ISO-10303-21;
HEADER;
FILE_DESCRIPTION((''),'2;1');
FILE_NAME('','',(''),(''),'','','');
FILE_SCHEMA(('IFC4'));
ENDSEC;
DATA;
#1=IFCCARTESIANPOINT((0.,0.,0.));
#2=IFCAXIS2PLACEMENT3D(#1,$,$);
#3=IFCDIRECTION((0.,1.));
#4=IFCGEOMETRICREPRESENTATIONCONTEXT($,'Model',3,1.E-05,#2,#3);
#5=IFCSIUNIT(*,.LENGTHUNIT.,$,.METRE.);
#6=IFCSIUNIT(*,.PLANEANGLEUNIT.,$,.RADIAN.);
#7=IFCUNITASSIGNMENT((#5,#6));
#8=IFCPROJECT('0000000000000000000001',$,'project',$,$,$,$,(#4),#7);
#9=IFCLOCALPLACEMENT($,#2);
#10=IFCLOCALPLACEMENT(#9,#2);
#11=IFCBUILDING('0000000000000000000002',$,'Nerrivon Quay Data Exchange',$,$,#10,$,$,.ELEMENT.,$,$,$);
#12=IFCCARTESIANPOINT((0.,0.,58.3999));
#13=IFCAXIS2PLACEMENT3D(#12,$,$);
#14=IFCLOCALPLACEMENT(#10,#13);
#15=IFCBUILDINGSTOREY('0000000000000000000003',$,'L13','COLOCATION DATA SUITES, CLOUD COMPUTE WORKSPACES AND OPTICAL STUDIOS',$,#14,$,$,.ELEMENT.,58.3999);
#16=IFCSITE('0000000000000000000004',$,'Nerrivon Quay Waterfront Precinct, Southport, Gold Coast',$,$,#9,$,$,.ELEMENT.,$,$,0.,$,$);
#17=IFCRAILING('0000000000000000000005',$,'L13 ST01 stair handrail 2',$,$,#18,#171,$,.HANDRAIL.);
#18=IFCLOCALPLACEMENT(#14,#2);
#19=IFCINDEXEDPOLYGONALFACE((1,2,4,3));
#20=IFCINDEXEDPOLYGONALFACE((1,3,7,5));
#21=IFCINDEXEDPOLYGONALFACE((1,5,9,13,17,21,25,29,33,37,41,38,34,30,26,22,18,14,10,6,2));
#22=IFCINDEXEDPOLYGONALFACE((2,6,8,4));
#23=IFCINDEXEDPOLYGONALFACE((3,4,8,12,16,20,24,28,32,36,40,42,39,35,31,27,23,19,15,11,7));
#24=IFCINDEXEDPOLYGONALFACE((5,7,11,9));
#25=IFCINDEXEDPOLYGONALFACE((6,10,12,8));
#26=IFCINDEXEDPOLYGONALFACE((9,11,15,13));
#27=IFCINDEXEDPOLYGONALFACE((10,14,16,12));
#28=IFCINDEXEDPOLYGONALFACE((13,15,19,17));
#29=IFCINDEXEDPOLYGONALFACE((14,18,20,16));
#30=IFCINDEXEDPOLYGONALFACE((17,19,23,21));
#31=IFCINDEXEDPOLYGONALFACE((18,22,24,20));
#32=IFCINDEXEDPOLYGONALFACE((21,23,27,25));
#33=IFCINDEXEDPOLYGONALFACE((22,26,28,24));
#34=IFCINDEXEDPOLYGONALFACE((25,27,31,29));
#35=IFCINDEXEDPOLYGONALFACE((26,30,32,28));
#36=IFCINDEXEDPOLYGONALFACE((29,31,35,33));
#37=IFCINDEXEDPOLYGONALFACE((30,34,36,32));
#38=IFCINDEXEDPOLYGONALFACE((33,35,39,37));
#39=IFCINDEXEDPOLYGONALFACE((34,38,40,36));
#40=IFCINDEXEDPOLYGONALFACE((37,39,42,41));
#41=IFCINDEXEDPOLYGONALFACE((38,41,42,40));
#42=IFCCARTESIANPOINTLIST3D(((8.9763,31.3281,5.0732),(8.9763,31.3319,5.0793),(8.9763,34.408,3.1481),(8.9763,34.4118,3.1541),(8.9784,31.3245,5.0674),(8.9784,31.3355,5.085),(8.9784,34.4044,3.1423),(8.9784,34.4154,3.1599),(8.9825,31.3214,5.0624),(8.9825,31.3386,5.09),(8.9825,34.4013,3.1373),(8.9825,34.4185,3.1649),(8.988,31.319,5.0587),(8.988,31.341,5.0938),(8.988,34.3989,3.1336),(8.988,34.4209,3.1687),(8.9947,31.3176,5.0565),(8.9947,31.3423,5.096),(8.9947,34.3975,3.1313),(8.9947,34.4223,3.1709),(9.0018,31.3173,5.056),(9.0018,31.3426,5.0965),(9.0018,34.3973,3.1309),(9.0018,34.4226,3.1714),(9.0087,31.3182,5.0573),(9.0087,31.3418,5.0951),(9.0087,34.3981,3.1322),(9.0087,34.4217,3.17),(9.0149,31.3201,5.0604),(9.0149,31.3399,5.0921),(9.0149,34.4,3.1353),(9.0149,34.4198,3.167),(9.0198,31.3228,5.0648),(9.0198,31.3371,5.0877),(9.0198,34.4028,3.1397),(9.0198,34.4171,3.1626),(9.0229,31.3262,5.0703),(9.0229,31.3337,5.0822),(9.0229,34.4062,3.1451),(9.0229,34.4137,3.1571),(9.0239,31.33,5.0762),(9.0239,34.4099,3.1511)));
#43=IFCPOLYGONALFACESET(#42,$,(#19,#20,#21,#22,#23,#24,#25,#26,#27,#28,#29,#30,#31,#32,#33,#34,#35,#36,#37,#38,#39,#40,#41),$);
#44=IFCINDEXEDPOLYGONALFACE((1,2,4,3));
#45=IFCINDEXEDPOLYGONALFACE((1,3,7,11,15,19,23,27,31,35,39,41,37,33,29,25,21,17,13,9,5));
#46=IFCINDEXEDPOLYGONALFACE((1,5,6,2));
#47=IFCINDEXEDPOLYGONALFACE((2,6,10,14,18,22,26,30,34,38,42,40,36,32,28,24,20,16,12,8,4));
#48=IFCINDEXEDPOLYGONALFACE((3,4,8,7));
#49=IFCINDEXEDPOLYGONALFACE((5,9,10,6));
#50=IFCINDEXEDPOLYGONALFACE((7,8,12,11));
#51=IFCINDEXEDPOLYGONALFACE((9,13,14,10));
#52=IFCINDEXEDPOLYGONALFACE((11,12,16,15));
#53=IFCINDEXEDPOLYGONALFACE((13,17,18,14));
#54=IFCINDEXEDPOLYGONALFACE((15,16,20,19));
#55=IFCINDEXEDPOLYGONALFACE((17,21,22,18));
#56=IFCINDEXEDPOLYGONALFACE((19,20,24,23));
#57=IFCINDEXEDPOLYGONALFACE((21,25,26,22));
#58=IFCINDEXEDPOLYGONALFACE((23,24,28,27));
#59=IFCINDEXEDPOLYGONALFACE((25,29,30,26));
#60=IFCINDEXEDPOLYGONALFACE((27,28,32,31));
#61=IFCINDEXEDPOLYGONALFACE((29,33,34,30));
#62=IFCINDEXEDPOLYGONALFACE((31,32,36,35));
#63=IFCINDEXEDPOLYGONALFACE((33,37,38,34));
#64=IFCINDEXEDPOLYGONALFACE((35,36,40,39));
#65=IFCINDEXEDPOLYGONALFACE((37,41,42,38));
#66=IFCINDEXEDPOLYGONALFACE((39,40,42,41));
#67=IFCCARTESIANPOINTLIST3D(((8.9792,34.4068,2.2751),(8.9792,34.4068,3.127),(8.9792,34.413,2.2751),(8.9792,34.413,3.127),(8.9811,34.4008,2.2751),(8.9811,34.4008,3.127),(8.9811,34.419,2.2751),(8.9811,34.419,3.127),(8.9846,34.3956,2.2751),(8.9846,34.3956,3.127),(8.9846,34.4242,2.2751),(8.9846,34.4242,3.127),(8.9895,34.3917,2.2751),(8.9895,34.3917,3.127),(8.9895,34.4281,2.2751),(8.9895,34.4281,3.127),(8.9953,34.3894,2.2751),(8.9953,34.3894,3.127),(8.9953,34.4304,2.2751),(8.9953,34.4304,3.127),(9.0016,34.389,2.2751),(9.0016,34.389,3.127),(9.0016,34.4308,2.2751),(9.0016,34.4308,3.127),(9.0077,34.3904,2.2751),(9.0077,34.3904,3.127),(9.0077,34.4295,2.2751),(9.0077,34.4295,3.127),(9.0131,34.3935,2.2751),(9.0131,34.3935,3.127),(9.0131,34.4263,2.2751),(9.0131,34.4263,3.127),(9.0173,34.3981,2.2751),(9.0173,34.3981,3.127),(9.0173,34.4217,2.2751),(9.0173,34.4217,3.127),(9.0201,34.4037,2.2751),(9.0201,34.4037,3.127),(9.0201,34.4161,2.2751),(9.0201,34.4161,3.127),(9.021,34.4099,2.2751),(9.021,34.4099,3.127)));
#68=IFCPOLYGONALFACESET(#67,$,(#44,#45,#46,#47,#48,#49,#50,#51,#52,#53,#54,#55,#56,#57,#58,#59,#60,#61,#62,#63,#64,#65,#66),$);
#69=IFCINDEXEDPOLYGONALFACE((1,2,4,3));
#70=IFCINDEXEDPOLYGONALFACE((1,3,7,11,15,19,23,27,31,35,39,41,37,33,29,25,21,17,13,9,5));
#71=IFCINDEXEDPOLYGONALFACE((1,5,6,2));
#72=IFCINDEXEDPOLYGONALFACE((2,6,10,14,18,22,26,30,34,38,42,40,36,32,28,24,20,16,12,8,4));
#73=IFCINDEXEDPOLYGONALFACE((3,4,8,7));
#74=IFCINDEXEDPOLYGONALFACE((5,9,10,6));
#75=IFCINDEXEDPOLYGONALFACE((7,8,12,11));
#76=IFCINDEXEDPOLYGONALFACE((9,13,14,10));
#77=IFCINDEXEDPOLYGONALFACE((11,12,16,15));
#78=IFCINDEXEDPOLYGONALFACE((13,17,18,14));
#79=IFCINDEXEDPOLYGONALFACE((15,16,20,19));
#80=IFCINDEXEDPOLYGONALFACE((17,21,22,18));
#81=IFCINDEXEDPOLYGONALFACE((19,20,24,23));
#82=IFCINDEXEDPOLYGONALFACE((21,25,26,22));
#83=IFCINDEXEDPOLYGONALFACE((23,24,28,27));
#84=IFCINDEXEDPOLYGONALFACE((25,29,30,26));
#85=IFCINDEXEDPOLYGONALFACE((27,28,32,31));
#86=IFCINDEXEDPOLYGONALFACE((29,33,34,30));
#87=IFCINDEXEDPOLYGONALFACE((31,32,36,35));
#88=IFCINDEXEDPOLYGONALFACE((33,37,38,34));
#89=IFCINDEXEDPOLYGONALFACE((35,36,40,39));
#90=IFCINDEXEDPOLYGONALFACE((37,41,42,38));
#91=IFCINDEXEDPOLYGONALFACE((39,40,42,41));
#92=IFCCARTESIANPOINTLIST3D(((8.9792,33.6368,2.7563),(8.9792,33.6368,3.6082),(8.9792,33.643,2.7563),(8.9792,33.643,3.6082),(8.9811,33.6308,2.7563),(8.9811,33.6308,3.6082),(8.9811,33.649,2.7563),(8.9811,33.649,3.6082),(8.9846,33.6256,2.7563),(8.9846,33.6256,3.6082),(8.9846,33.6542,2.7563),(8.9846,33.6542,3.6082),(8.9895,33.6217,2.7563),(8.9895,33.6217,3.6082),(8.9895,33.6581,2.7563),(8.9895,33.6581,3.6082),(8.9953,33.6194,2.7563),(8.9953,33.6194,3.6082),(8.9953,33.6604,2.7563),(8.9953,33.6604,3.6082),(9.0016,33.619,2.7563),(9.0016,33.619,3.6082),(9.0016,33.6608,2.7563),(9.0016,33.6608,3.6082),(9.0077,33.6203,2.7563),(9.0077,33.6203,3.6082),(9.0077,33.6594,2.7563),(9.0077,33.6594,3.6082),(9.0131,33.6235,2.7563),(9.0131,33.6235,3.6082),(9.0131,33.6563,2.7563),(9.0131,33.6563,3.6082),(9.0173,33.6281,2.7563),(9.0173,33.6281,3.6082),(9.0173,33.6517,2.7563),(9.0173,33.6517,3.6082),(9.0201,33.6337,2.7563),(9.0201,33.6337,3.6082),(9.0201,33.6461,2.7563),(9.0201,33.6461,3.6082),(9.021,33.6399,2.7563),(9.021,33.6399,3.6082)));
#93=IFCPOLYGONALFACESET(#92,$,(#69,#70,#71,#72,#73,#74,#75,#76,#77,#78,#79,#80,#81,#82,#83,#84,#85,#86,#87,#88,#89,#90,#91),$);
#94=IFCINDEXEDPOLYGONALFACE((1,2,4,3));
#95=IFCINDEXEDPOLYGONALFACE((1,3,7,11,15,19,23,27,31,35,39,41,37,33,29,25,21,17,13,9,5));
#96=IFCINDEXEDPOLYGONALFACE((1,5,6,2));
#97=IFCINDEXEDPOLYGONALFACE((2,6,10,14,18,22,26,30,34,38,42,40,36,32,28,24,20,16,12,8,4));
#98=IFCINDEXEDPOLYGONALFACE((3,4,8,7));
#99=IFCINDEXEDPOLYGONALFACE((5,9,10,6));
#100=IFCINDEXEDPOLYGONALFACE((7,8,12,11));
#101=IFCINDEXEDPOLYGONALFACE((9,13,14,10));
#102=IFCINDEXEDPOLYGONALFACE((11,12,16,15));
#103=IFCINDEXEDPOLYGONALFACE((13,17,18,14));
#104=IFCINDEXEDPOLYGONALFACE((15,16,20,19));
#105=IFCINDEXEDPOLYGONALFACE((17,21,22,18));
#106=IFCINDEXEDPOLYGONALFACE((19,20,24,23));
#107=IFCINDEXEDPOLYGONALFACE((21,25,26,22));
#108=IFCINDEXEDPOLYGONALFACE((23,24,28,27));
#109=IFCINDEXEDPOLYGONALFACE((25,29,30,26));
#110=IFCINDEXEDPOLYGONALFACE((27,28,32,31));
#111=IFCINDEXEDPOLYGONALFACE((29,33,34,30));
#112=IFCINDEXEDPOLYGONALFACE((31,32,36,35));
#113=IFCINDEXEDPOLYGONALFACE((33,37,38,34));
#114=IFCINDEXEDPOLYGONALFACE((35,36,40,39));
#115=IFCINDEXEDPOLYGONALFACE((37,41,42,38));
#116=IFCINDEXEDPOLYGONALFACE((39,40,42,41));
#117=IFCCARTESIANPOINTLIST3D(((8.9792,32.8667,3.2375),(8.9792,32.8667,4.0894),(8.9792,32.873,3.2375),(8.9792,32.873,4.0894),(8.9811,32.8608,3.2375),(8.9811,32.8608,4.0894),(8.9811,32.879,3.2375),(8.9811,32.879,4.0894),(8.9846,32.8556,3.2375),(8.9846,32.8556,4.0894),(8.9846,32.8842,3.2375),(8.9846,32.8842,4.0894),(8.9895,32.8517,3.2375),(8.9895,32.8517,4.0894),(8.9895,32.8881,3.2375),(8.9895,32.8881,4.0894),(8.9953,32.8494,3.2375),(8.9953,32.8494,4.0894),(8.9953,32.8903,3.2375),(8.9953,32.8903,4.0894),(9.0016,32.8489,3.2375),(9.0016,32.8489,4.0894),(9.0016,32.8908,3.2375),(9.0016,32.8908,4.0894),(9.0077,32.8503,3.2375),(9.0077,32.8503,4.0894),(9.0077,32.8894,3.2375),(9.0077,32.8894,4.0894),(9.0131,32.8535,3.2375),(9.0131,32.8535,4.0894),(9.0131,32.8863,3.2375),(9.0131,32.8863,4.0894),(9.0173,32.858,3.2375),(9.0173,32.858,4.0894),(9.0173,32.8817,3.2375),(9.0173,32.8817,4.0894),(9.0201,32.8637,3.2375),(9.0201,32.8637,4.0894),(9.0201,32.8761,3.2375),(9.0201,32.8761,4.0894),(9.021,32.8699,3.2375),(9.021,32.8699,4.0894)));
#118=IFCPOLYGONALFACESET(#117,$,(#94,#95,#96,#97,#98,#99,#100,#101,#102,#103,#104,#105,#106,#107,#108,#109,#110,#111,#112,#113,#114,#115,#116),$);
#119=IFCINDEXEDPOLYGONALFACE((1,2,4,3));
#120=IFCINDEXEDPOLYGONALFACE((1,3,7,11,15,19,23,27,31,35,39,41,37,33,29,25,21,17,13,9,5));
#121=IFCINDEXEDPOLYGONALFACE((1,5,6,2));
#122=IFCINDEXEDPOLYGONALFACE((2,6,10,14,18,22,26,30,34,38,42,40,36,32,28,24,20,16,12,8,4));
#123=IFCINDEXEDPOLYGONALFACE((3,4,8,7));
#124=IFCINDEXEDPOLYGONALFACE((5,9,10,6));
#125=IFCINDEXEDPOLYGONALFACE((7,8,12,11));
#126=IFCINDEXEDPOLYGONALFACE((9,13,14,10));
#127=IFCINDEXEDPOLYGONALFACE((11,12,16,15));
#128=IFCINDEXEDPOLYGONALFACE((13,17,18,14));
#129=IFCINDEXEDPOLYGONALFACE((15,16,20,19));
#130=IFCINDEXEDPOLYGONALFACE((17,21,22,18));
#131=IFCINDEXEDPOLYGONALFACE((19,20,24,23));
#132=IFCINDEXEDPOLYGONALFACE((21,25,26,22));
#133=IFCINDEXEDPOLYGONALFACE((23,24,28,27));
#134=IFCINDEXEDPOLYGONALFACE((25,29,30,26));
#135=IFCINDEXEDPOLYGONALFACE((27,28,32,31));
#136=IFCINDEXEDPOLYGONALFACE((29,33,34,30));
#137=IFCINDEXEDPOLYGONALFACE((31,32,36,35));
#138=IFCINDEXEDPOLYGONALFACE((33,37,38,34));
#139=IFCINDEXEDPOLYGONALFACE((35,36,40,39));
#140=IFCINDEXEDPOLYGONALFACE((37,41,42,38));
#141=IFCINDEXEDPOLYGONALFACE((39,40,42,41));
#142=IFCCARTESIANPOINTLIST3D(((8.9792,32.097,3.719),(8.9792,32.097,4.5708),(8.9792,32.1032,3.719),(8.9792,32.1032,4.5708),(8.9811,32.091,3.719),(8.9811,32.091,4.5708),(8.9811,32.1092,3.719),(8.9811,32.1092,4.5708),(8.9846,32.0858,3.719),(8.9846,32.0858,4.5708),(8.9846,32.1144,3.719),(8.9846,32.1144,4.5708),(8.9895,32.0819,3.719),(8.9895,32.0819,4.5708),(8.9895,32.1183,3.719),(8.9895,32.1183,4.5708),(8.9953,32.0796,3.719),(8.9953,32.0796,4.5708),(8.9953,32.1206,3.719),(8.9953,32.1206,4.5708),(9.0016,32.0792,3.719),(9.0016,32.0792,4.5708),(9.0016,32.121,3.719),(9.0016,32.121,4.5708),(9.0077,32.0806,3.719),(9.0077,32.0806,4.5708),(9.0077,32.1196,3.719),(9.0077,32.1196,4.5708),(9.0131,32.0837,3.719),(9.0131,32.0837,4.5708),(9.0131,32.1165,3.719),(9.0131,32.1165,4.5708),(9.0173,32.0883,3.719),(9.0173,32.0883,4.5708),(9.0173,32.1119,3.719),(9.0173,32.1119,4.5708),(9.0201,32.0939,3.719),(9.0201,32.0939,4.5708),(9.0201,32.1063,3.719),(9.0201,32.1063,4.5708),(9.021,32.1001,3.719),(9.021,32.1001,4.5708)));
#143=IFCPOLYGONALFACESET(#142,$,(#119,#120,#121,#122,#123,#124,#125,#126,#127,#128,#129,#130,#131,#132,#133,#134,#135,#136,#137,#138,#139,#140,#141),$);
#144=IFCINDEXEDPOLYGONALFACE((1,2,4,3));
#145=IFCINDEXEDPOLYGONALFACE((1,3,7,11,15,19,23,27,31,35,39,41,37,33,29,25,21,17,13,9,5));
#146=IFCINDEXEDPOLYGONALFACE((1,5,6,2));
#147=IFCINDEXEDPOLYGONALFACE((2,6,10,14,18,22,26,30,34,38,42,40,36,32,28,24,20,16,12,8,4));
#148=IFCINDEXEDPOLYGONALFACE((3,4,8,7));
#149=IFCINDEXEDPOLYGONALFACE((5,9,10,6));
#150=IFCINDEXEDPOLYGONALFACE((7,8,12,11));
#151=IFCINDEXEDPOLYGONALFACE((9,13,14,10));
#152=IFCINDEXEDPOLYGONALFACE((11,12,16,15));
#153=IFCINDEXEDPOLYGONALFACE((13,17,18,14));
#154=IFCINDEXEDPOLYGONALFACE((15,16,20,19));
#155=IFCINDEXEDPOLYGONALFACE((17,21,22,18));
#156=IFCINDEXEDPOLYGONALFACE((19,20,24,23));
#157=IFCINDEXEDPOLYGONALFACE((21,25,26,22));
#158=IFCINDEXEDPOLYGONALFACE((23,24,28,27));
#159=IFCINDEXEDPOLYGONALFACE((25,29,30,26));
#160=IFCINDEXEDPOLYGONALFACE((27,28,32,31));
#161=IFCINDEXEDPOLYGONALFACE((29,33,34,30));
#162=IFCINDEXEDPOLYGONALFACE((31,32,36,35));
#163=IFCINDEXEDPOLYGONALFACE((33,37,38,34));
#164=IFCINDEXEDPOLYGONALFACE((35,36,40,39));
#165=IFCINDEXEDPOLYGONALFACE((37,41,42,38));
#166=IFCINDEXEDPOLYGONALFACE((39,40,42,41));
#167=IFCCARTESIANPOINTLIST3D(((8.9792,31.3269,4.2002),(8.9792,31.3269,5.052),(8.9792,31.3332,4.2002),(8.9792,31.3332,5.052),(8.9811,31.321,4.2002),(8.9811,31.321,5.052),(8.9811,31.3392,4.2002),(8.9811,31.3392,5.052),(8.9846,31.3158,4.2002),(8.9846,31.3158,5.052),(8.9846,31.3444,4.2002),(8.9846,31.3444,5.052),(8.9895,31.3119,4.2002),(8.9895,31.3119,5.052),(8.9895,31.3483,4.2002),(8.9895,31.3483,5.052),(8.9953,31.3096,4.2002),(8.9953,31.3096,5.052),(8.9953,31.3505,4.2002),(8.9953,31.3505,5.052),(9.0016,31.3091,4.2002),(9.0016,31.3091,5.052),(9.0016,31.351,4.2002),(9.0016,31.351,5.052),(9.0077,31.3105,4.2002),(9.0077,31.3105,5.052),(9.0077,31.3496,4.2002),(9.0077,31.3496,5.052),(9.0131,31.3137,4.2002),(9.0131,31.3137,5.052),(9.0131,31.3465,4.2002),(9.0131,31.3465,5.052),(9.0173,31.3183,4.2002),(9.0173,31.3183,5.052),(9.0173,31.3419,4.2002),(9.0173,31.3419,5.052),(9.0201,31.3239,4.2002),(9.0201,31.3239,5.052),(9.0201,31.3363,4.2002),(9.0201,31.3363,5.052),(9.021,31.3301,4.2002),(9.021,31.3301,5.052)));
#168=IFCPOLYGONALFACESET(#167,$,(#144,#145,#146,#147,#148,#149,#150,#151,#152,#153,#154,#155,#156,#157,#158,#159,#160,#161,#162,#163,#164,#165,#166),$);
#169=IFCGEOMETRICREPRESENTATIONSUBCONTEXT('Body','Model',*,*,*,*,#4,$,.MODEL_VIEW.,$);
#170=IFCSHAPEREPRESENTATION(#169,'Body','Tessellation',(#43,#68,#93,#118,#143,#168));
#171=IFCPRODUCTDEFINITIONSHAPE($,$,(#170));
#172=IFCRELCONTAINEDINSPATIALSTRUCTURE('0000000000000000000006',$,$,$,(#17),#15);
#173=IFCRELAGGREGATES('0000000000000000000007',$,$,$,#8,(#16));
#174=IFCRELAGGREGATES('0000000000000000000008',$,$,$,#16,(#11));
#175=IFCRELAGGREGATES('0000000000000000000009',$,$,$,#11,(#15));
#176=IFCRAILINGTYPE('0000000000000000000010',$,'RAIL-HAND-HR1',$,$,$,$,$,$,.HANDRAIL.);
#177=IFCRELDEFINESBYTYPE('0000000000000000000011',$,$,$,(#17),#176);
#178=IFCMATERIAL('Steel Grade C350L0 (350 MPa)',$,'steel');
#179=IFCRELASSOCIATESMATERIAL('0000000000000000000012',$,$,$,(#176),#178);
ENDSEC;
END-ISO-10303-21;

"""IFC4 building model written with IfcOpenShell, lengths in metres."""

from ifc_helpers import new_model, si_unit, direction, frame, origin, origin_2d, place, context, subcontext, project, spatial, circle, extrude, material, type_object, element, save


model = new_model("IFC4")

# Units and contexts
model_context = context("Model", 3, precision=1e-05, world=origin(), true_north=direction((0.0, 1.0)))
body_context = subcontext(model_context, "Body", "Model", "MODEL_VIEW")
ifc_project = project(units=[si_unit("LENGTHUNIT", "METRE"), si_unit("PLANEANGLEUNIT", "RADIAN")], contexts=[model_context])

# Site, building, storey
site_placement = place(None, origin())
site = spatial("IfcSite", under=ifc_project, at=site_placement, Name="Nerrivon Quay Waterfront Precinct, Southport, Gold Coast", CompositionType="ELEMENT", RefElevation=0.0)
building_placement = place(site_placement, origin())
building = spatial("IfcBuilding", under=site, at=building_placement, Name="Nerrivon Quay Data Exchange", CompositionType="ELEMENT")
storey_placement = place(building_placement, frame((0.0, 0.0, 58.3999)))
storey = spatial("IfcBuildingStorey", under=building, at=storey_placement, Name="L13", Description="COLOCATION DATA SUITES, CLOUD COMPUTE WORKSPACES AND OPTICAL STUDIOS", CompositionType="ELEMENT", Elevation=58.3999)

# Railing
ifc_material_1 = material(Name="Steel Grade C350L0 (350 MPa)", Category="steel")
railing_type = type_object("IfcRailingType", Name="RAIL-HAND-HR1", PredefinedType="HANDRAIL", material=ifc_material_1)
railing_placement = place(storey_placement, frame((9.0, 34.4099, 2.2751)))
element("IfcRailing", 1, at=railing_placement, inside=storey, type_object=railing_type, Name="L13 ST01 stair handrail 2", PredefinedType="HANDRAIL", context=body_context, shape_type="SweptSolid", body=[
    extrude(circle(Radius=0.0239, at=origin_2d()), frame((0.0, 0.0, 0.876), z_axis=(0.0, -0.847979, 0.530029), x_axis=(1.0, 0.0, 0.0)), (0.0, 0.0, 1.0), 3.6321),
    extrude(circle(Radius=0.021, at=origin_2d()), origin(), (0.0, 0.0, 1.0), 0.8518),
    extrude(circle(Radius=0.021, at=origin_2d()), frame((0.0, -0.77, 0.4812)), (0.0, 0.0, 1.0), 0.8518),
    extrude(circle(Radius=0.021, at=origin_2d()), frame((0.0, -1.54, 0.9624)), (0.0, 0.0, 1.0), 0.8518),
    extrude(circle(Radius=0.021, at=origin_2d()), frame((0.0, -2.3098, 1.4438)), (0.0, 0.0, 1.0), 0.8518),
    extrude(circle(Radius=0.021, at=origin_2d()), frame((0.0, -3.0798, 1.925)), (0.0, 0.0, 1.0), 0.8518),
])

save(model, "model.ifc")
